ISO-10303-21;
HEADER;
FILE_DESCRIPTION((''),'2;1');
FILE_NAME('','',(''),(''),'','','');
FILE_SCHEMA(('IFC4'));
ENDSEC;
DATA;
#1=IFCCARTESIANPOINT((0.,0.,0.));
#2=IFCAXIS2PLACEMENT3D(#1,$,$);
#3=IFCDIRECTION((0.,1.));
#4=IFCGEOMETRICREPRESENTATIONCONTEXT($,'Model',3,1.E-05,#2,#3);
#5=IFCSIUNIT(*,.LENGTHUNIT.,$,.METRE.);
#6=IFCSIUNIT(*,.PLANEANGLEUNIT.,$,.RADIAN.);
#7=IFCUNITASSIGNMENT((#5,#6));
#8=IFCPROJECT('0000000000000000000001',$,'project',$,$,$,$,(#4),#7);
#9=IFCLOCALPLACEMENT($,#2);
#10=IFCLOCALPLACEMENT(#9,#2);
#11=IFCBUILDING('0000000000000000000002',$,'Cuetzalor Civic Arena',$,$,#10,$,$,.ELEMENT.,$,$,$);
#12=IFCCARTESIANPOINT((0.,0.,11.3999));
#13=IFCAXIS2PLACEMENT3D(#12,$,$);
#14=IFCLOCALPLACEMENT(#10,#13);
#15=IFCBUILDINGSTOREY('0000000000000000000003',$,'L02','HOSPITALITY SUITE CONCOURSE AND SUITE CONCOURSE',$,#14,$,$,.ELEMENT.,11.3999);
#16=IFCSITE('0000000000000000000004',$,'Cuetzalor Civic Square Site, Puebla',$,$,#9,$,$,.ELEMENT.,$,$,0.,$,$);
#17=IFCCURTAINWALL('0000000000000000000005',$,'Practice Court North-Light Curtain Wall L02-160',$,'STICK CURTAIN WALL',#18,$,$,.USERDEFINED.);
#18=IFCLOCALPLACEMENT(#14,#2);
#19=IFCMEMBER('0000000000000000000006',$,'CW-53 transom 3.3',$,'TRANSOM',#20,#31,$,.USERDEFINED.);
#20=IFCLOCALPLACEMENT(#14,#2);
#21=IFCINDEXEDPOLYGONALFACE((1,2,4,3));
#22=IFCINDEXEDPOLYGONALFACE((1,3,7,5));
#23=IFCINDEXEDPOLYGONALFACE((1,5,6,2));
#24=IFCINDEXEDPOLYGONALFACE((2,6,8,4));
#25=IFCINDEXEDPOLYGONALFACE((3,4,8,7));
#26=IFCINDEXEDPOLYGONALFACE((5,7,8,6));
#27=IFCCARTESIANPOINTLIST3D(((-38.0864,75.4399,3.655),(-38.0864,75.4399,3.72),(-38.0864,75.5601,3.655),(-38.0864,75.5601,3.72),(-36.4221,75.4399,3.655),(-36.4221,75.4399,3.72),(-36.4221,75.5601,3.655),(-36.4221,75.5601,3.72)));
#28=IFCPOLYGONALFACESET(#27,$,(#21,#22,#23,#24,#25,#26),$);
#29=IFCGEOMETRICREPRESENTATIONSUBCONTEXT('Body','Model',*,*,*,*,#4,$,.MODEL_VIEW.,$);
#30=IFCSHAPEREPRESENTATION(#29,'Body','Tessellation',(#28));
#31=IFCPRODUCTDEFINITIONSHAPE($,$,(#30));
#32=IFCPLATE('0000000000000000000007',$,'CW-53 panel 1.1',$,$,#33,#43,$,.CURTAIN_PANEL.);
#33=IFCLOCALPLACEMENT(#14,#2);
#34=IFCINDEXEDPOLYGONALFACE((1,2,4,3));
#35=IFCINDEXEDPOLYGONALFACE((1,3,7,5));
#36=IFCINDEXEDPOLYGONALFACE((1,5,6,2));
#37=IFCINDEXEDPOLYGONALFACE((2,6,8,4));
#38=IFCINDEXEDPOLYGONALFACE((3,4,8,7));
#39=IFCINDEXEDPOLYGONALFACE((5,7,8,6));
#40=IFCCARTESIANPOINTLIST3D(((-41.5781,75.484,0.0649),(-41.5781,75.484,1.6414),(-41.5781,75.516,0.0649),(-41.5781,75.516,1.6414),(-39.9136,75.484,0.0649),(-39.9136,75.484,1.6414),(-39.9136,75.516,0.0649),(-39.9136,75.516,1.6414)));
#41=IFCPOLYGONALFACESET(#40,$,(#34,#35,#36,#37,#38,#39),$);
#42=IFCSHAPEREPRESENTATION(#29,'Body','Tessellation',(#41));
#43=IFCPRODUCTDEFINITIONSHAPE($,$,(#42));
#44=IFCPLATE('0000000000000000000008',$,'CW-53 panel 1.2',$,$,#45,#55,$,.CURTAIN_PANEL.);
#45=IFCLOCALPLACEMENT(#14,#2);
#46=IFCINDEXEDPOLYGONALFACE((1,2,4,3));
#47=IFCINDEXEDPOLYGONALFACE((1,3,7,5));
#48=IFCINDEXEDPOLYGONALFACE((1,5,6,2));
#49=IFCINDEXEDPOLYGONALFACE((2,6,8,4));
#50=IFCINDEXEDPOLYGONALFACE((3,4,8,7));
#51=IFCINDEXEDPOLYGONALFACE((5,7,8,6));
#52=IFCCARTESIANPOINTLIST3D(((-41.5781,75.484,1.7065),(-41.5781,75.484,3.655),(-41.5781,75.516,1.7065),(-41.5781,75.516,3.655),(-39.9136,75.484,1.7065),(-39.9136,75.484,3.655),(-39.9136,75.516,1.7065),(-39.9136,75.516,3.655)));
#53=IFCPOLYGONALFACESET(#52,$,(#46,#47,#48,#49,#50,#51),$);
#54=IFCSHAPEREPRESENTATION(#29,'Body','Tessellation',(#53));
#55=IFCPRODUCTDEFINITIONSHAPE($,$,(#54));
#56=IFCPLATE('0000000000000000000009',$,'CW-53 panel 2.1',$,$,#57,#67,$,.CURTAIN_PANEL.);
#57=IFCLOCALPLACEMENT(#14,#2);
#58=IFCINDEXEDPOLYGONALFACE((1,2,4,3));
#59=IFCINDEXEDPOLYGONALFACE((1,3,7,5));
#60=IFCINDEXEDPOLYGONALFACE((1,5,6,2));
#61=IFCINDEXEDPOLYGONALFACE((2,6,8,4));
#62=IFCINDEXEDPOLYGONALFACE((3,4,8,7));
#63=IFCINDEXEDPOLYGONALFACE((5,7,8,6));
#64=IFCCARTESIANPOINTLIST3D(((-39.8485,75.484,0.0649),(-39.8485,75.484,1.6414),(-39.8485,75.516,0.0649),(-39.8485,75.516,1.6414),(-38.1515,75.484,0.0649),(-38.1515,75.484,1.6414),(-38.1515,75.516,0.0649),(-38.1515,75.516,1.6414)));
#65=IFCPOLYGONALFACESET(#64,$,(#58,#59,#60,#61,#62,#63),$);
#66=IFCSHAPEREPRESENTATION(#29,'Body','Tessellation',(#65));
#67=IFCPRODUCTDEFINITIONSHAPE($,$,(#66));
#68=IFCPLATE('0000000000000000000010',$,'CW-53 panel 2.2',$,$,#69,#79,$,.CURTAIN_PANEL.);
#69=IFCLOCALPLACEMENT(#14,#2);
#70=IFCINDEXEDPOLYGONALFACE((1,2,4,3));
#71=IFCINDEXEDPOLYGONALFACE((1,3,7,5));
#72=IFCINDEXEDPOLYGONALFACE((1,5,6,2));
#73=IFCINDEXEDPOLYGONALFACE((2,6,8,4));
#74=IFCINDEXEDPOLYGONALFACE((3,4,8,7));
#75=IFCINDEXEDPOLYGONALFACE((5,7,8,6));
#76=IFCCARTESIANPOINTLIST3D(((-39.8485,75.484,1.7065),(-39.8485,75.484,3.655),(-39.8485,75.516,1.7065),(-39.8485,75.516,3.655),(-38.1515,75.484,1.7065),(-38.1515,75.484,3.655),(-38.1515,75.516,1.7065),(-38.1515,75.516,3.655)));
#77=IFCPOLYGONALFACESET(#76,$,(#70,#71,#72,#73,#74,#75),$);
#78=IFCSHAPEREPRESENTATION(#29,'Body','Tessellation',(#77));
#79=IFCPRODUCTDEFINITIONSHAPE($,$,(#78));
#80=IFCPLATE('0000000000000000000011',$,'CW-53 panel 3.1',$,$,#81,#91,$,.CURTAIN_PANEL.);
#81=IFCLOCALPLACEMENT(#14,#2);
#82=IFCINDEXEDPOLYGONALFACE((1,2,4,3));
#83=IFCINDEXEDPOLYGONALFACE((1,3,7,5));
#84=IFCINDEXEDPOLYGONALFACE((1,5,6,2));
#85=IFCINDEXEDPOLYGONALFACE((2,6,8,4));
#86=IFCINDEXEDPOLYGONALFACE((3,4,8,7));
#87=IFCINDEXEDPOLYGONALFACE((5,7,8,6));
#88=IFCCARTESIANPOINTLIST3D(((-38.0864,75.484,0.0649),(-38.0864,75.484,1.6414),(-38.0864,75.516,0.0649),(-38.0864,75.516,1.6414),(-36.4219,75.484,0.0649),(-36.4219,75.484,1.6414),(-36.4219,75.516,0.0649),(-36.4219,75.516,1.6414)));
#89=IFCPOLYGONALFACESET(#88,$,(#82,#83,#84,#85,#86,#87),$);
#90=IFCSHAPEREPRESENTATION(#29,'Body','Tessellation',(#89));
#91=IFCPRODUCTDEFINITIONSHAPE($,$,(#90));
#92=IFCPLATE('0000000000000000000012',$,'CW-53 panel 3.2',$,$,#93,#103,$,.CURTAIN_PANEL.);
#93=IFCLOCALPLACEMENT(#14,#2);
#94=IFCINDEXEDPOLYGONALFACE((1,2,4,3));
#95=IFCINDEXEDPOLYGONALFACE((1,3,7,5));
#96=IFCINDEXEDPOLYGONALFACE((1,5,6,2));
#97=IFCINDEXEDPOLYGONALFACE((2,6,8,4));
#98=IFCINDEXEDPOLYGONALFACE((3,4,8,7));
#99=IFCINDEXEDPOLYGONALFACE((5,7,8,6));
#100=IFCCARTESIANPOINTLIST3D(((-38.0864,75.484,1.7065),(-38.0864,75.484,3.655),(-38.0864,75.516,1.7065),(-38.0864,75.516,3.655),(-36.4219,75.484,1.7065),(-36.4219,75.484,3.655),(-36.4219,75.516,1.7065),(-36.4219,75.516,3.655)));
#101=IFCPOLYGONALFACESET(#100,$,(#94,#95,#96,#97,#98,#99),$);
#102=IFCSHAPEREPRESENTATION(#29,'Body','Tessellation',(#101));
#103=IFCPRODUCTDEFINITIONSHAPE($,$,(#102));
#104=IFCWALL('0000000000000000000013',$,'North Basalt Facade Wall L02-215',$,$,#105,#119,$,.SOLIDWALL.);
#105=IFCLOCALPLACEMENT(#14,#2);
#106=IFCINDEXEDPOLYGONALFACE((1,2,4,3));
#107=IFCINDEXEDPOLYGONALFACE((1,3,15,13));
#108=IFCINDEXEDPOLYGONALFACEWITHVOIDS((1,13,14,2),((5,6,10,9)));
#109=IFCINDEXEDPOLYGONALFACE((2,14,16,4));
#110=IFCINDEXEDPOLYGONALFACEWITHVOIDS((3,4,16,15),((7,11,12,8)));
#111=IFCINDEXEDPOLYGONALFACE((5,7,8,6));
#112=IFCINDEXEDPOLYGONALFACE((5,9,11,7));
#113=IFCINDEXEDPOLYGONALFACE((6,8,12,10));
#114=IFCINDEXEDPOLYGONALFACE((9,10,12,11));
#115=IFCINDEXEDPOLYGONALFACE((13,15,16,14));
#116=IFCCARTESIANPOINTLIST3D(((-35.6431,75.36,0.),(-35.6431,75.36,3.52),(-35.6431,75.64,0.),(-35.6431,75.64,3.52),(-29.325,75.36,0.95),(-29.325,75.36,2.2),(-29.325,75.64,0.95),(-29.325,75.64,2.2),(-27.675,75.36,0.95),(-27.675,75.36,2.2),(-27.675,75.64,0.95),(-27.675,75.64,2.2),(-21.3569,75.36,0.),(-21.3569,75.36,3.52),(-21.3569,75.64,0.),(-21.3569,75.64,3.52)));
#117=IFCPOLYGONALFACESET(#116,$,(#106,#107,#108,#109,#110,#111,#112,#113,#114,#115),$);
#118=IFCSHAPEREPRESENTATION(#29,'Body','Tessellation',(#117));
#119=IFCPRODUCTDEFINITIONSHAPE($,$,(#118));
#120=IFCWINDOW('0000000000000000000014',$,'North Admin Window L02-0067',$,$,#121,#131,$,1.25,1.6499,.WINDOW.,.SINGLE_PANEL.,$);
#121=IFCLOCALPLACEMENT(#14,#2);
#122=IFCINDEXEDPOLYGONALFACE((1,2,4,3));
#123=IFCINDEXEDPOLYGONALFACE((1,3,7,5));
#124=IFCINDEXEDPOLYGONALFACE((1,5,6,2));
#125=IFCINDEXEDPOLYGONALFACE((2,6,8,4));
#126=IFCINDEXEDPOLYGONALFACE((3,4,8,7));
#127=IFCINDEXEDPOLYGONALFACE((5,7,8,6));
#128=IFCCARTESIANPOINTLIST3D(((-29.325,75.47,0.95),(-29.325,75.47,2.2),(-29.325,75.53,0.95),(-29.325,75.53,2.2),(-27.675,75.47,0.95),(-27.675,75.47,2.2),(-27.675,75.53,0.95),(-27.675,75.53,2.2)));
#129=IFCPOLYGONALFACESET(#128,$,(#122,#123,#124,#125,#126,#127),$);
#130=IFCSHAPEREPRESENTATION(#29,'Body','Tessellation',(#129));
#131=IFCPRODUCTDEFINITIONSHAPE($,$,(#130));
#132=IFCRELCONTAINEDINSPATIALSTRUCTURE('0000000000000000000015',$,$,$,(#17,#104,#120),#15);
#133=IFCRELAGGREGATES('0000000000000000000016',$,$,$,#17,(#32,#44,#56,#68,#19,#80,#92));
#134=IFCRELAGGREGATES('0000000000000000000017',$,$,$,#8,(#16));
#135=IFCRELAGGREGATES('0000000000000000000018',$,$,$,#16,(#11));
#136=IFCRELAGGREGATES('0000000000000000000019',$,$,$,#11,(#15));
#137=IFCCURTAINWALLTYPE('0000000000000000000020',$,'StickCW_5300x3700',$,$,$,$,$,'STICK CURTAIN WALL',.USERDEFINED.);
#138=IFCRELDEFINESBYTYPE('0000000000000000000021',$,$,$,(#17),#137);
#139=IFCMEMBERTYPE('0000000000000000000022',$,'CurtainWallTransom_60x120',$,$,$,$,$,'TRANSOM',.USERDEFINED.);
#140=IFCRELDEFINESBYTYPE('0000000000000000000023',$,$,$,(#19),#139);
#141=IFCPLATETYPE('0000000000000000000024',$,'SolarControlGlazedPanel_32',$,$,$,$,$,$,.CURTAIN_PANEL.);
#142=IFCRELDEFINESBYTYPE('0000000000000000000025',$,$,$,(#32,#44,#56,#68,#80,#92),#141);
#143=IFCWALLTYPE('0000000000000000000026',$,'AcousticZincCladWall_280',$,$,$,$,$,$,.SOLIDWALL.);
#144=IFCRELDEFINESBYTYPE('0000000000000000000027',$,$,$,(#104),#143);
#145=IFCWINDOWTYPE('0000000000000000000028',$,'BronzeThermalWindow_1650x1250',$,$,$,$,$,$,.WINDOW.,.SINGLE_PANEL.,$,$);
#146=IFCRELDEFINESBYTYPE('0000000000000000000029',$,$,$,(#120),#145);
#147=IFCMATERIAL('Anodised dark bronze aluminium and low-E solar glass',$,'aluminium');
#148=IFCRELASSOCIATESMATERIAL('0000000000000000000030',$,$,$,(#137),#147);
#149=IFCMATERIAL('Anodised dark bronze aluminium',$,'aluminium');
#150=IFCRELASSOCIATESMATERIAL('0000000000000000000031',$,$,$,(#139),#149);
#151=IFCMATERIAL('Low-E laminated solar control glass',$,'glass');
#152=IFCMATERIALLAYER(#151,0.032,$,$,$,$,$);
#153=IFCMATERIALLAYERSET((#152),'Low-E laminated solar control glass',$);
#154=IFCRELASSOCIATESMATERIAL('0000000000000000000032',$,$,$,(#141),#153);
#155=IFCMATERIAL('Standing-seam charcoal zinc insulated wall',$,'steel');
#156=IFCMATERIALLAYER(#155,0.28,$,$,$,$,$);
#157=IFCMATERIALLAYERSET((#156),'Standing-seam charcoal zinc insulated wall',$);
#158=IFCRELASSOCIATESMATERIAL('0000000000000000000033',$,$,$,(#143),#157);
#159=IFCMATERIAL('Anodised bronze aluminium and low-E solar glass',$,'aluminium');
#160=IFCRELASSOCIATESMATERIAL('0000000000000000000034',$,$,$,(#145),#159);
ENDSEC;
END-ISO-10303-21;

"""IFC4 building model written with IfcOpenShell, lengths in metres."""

from ifc_helpers import new_model, si_unit, direction, frame, frame_2d, origin, origin_2d, place, context, subcontext, project, spatial, rectangle, extrude, material, layer, layer_set, material_profile, profile_set, type_object, element, fill, aggregate, save


model = new_model("IFC4")

# Units and contexts
model_context = context("Model", 3, precision=1e-05, world=origin(), true_north=direction((0.0, 1.0)))
body_context = subcontext(model_context, "Body", "Model", "MODEL_VIEW")
ifc_project = project(units=[si_unit("LENGTHUNIT", "METRE"), si_unit("PLANEANGLEUNIT", "RADIAN")], contexts=[model_context])

# Site, building, storey
site_placement = place(None, origin())
site = spatial("IfcSite", under=ifc_project, at=site_placement, Name="Cuetzalor Civic Square Site, Puebla", CompositionType="ELEMENT", RefElevation=0.0)
building_placement = place(site_placement, origin())
building = spatial("IfcBuilding", under=site, at=building_placement, Name="Cuetzalor Civic Arena", CompositionType="ELEMENT")
storey_placement = place(building_placement, frame((0.0, 0.0, 11.3999)))
storey = spatial("IfcBuildingStorey", under=building, at=storey_placement, Name="L02", Description="HOSPITALITY SUITE CONCOURSE AND SUITE CONCOURSE", CompositionType="ELEMENT", Elevation=11.3999)

# Curtain wall, member, plates
ifc_material_1 = material(Name="Anodised dark bronze aluminium and low-E solar glass", Category="aluminium")
curtain_wall_type = type_object("IfcCurtainWallType", Name="StickCW_5300x3700", ElementType="STICK CURTAIN WALL", PredefinedType="USERDEFINED", material=ifc_material_1)
curtain_wall_placement = place(storey_placement, origin())
curtain_wall = element("IfcCurtainWall", 1, at=curtain_wall_placement, inside=storey, type_object=curtain_wall_type, Name="Practice Court North-Light Curtain Wall L02-160", ObjectType="STICK CURTAIN WALL", PredefinedType="USERDEFINED")
ifc_material_2 = material(Name="Anodised dark bronze aluminium", Category="aluminium")
ifc_material_profile_1 = material_profile(ifc_material_2, rectangle(XDim=0.1201, YDim=0.0649, at=origin_2d()), Name="ALU TRANSOM 65x120")
ifc_profile_set_1 = profile_set([ifc_material_profile_1], Name="Anodised dark bronze aluminium")
member_type_1 = type_object("IfcMemberType", Name="CurtainWallTransom_60x120", ElementType="TRANSOM", PredefinedType="USERDEFINED", material=ifc_profile_set_1)
member_1_placement = place(storey_placement, frame((-38.0864, 75.5, 3.6875), z_axis=(1.0, 0.0, 0.0), x_axis=(0.0, 1.0, 0.0)))
member_1 = element("IfcMember", 2, at=member_1_placement, type_object=member_type_1, Name="CW-53 transom 3.3", ObjectType="TRANSOM", PredefinedType="USERDEFINED", context=body_context, shape_type="SweptSolid", body=[
    extrude(rectangle(XDim=0.1201, YDim=0.0649, at=origin_2d()), origin(), (0.0, 0.0, 1.0), 1.6643),
])
ifc_material_3 = material(Name="Low-E laminated solar control glass", Category="glass")
ifc_layer_1 = layer(ifc_material_3, 0.032)
ifc_layer_set_1 = layer_set([ifc_layer_1], Name="Low-E laminated solar control glass")
plate_type = type_object("IfcPlateType", Name="SolarControlGlazedPanel_32", PredefinedType="CURTAIN_PANEL", material=ifc_layer_set_1)
plate_1_placement = place(storey_placement, frame((-40.7458, 75.5, 0.0649), z_axis=(0.0, 0.0, 1.0), x_axis=(1.0, 0.0, 0.0)))
plate_1 = element("IfcPlate", 3, at=plate_1_placement, type_object=plate_type, Name="CW-53 panel 1.1", PredefinedType="CURTAIN_PANEL", context=body_context, shape_type="SweptSolid", body=[
    extrude(rectangle(XDim=1.6646, YDim=0.032, at=origin_2d()), origin(), (0.0, 0.0, 1.0), 1.5764),
])
plate_2_placement = place(storey_placement, frame((-40.7458, 75.5, 1.7065), z_axis=(0.0, 0.0, 1.0), x_axis=(1.0, 0.0, 0.0)))
plate_2 = element("IfcPlate", 4, at=plate_2_placement, type_object=plate_type, Name="CW-53 panel 1.2", PredefinedType="CURTAIN_PANEL", context=body_context, shape_type="SweptSolid", body=[
    extrude(rectangle(XDim=1.6646, YDim=0.032, at=origin_2d()), origin(), (0.0, 0.0, 1.0), 1.9485),
])
plate_3_placement = place(storey_placement, frame((-39.0, 75.5, 0.0649), z_axis=(0.0, 0.0, 1.0), x_axis=(1.0, 0.0, 0.0)))
plate_3 = element("IfcPlate", 5, at=plate_3_placement, type_object=plate_type, Name="CW-53 panel 2.1", PredefinedType="CURTAIN_PANEL", context=body_context, shape_type="SweptSolid", body=[
    extrude(rectangle(XDim=1.697, YDim=0.032, at=origin_2d()), origin(), (0.0, 0.0, 1.0), 1.5764),
])
plate_4_placement = place(storey_placement, frame((-39.0, 75.5, 1.7065), z_axis=(0.0, 0.0, 1.0), x_axis=(1.0, 0.0, 0.0)))
plate_4 = element("IfcPlate", 6, at=plate_4_placement, type_object=plate_type, Name="CW-53 panel 2.2", PredefinedType="CURTAIN_PANEL", context=body_context, shape_type="SweptSolid", body=[
    extrude(rectangle(XDim=1.697, YDim=0.032, at=origin_2d()), origin(), (0.0, 0.0, 1.0), 1.9485),
])
plate_5_placement = place(storey_placement, frame((-37.2542, 75.5, 0.0649), z_axis=(0.0, 0.0, 1.0), x_axis=(1.0, 0.0, 0.0)))
plate_5 = element("IfcPlate", 7, at=plate_5_placement, type_object=plate_type, Name="CW-53 panel 3.1", PredefinedType="CURTAIN_PANEL", context=body_context, shape_type="SweptSolid", body=[
    extrude(rectangle(XDim=1.6646, YDim=0.032, at=origin_2d()), origin(), (0.0, 0.0, 1.0), 1.5764),
])
plate_6_placement = place(storey_placement, frame((-37.2542, 75.5, 1.7065), z_axis=(0.0, 0.0, 1.0), x_axis=(1.0, 0.0, 0.0)))
plate_6 = element("IfcPlate", 8, at=plate_6_placement, type_object=plate_type, Name="CW-53 panel 3.2", PredefinedType="CURTAIN_PANEL", context=body_context, shape_type="SweptSolid", body=[
    extrude(rectangle(XDim=1.6646, YDim=0.032, at=origin_2d()), origin(), (0.0, 0.0, 1.0), 1.9485),
])
aggregate(curtain_wall, [plate_1, plate_2, plate_3, plate_4, member_1, plate_5, plate_6])

# Wall, opening, window
ifc_material_4 = material(Name="Standing-seam charcoal zinc insulated wall", Category="steel")
ifc_layer_2 = layer(ifc_material_4, 0.28)
ifc_layer_set_2 = layer_set([ifc_layer_2], Name="Standing-seam charcoal zinc insulated wall")
wall_type = type_object("IfcWallType", Name="AcousticZincCladWall_280", PredefinedType="SOLIDWALL", material=ifc_layer_set_2)
wall_placement = place(storey_placement, frame((-35.6431, 75.5, 0.0), z_axis=(0.0, 0.0, 1.0), x_axis=(1.0, 0.0, 0.0)))
wall = element("IfcWall", 9, at=wall_placement, inside=storey, type_object=wall_type, Name="North Basalt Facade Wall L02-215", PredefinedType="SOLIDWALL", context=body_context, shape_type="SweptSolid", body=[
    extrude(rectangle(XDim=14.2861, YDim=0.28, at=frame_2d((7.1431, 0.0))), origin(), (0.0, 0.0, 1.0), 3.52),
])
opening_placement = place(wall_placement, frame((6.3181, 0.0, 0.95)))
opening = element("IfcOpeningElement", 10, at=opening_placement, cuts=wall, PredefinedType="OPENING", context=body_context, shape_type="SweptSolid", body=[
    extrude(rectangle(XDim=1.6499, YDim=1.25, at=frame_2d((0.825, 0.625))), frame((0.0, 0.1499, 0.0), z_axis=(0.0, -1.0, 0.0), x_axis=(1.0, 0.0, 0.0)), (0.0, 0.0, 1.0), 0.3),
])
ifc_material_5 = material(Name="Anodised bronze aluminium and low-E solar glass", Category="aluminium")
window_type = type_object("IfcWindowType", Name="BronzeThermalWindow_1650x1250", PartitioningType="SINGLE_PANEL", PredefinedType="WINDOW", material=ifc_material_5)
window_placement = place(opening_placement, origin())
window = element("IfcWindow", 11, at=window_placement, inside=storey, type_object=window_type, Name="North Admin Window L02-0067", OverallHeight=1.25, OverallWidth=1.6499, PartitioningType="SINGLE_PANEL", PredefinedType="WINDOW", context=body_context, shape_type="SweptSolid", body=[
    extrude(rectangle(XDim=1.6499, YDim=1.25, at=frame_2d((0.825, 0.625))), frame((0.0, 0.03, 0.0), z_axis=(0.0, -1.0, 0.0), x_axis=(1.0, 0.0, 0.0)), (0.0, 0.0, 1.0), 0.0601),
])
fill(opening, window)

save(model, "model.ifc")
